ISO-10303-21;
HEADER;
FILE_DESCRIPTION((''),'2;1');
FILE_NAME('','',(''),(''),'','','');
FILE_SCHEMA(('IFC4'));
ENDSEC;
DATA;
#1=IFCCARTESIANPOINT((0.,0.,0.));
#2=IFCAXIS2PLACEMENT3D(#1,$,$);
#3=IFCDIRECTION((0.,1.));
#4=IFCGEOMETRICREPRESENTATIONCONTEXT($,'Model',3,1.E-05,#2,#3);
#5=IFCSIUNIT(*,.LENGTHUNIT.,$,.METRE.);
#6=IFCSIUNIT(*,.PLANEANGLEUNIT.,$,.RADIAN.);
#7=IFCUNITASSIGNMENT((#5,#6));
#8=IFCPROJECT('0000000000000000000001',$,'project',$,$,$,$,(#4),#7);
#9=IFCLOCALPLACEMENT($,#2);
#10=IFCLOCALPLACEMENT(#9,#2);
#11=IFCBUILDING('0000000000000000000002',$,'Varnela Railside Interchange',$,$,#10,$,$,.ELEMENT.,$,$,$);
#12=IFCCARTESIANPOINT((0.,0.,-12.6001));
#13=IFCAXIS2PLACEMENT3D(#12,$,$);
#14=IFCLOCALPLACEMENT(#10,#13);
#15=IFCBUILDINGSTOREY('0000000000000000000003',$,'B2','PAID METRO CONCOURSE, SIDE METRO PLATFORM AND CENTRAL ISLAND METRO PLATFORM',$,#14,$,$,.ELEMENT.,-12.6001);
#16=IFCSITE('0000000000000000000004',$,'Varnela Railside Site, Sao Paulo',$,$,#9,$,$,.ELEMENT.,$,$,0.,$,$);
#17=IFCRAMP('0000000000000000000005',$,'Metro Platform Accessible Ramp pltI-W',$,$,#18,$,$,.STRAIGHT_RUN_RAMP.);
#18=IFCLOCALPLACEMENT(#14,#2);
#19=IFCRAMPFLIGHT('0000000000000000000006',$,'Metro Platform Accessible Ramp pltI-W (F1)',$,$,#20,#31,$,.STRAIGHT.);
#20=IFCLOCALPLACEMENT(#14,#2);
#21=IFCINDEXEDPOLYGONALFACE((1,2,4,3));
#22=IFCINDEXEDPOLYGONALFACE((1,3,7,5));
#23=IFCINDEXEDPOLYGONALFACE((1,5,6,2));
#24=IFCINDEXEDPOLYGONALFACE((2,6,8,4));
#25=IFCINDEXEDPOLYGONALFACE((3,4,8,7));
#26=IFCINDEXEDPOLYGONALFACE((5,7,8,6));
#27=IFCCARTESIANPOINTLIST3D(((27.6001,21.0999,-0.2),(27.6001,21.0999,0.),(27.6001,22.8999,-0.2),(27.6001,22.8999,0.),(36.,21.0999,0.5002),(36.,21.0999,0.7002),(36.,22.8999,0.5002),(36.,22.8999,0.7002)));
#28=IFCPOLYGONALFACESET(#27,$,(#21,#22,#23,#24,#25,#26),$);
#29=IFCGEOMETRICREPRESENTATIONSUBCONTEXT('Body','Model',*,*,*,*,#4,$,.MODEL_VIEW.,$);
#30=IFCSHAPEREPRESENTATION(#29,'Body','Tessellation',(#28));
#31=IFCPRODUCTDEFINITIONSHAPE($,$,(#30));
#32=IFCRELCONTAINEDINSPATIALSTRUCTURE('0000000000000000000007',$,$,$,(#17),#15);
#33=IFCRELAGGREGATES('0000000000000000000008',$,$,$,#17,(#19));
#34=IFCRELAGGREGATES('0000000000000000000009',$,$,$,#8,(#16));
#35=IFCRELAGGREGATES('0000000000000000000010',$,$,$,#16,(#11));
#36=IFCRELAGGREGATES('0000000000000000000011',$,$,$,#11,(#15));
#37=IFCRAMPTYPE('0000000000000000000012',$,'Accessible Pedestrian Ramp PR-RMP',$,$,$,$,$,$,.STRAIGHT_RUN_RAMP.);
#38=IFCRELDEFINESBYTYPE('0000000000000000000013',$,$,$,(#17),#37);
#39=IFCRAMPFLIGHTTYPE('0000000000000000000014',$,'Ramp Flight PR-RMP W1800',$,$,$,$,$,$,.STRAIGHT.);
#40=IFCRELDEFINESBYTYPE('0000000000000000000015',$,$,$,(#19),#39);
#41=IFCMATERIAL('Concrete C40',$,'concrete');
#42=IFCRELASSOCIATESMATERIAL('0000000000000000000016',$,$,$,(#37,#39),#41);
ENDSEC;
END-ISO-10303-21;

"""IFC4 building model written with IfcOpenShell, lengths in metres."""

from ifc_helpers import new_model, si_unit, direction, frame, origin, place, context, subcontext, project, spatial, polyline, outline, extrude, material, type_object, element, aggregate, save


model = new_model("IFC4")

# Units and contexts
model_context = context("Model", 3, precision=1e-05, world=origin(), true_north=direction((0.0, 1.0)))
body_context = subcontext(model_context, "Body", "Model", "MODEL_VIEW")
ifc_project = project(units=[si_unit("LENGTHUNIT", "METRE"), si_unit("PLANEANGLEUNIT", "RADIAN")], contexts=[model_context])

# Site, building, storey
site_placement = place(None, origin())
site = spatial("IfcSite", under=ifc_project, at=site_placement, Name="Varnela Railside Site, Sao Paulo", CompositionType="ELEMENT", RefElevation=0.0)
building_placement = place(site_placement, origin())
building = spatial("IfcBuilding", under=site, at=building_placement, Name="Varnela Railside Interchange", CompositionType="ELEMENT")
storey_placement = place(building_placement, frame((0.0, 0.0, -12.6001)))
storey = spatial("IfcBuildingStorey", under=building, at=storey_placement, Name="B2", Description="PAID METRO CONCOURSE, SIDE METRO PLATFORM AND CENTRAL ISLAND METRO PLATFORM", CompositionType="ELEMENT", Elevation=-12.6001)

# Shared definitions
ifc_material_1 = material(Name="Concrete C40", Category="concrete")

# Ramp, ramp flight
ramp_type = type_object("IfcRampType", Name="Accessible Pedestrian Ramp PR-RMP", PredefinedType="STRAIGHT_RUN_RAMP", material=ifc_material_1)
ramp_placement = place(storey_placement, origin())
ramp = element("IfcRamp", 1, at=ramp_placement, inside=storey, type_object=ramp_type, Name="Metro Platform Accessible Ramp pltI-W", PredefinedType="STRAIGHT_RUN_RAMP")
ramp_flight_type = type_object("IfcRampFlightType", Name="Ramp Flight PR-RMP W1800", PredefinedType="STRAIGHT", material=ifc_material_1)
ramp_flight_placement = place(storey_placement, frame((27.6001, 22.0, 0.0), z_axis=(0.0, 0.0, 1.0), x_axis=(1.0, 0.0, 0.0)))
ramp_flight = element("IfcRampFlight", 2, at=ramp_flight_placement, type_object=ramp_flight_type, Name="Metro Platform Accessible Ramp pltI-W (F1)", PredefinedType="STRAIGHT", context=body_context, shape_type="SweptSolid", body=[
    extrude(outline(polyline([(0.0, -0.2), (8.3999, 0.5002), (8.3999, 0.7002), (0.0, 0.0), (0.0, -0.2)])), frame((0.0, 0.8999, 0.0), z_axis=(0.0, -1.0, 0.0), x_axis=(1.0, 0.0, 0.0)), (0.0, 0.0, 1.0), 1.8),
])
aggregate(ramp, [ramp_flight])

save(model, "model.ifc")
